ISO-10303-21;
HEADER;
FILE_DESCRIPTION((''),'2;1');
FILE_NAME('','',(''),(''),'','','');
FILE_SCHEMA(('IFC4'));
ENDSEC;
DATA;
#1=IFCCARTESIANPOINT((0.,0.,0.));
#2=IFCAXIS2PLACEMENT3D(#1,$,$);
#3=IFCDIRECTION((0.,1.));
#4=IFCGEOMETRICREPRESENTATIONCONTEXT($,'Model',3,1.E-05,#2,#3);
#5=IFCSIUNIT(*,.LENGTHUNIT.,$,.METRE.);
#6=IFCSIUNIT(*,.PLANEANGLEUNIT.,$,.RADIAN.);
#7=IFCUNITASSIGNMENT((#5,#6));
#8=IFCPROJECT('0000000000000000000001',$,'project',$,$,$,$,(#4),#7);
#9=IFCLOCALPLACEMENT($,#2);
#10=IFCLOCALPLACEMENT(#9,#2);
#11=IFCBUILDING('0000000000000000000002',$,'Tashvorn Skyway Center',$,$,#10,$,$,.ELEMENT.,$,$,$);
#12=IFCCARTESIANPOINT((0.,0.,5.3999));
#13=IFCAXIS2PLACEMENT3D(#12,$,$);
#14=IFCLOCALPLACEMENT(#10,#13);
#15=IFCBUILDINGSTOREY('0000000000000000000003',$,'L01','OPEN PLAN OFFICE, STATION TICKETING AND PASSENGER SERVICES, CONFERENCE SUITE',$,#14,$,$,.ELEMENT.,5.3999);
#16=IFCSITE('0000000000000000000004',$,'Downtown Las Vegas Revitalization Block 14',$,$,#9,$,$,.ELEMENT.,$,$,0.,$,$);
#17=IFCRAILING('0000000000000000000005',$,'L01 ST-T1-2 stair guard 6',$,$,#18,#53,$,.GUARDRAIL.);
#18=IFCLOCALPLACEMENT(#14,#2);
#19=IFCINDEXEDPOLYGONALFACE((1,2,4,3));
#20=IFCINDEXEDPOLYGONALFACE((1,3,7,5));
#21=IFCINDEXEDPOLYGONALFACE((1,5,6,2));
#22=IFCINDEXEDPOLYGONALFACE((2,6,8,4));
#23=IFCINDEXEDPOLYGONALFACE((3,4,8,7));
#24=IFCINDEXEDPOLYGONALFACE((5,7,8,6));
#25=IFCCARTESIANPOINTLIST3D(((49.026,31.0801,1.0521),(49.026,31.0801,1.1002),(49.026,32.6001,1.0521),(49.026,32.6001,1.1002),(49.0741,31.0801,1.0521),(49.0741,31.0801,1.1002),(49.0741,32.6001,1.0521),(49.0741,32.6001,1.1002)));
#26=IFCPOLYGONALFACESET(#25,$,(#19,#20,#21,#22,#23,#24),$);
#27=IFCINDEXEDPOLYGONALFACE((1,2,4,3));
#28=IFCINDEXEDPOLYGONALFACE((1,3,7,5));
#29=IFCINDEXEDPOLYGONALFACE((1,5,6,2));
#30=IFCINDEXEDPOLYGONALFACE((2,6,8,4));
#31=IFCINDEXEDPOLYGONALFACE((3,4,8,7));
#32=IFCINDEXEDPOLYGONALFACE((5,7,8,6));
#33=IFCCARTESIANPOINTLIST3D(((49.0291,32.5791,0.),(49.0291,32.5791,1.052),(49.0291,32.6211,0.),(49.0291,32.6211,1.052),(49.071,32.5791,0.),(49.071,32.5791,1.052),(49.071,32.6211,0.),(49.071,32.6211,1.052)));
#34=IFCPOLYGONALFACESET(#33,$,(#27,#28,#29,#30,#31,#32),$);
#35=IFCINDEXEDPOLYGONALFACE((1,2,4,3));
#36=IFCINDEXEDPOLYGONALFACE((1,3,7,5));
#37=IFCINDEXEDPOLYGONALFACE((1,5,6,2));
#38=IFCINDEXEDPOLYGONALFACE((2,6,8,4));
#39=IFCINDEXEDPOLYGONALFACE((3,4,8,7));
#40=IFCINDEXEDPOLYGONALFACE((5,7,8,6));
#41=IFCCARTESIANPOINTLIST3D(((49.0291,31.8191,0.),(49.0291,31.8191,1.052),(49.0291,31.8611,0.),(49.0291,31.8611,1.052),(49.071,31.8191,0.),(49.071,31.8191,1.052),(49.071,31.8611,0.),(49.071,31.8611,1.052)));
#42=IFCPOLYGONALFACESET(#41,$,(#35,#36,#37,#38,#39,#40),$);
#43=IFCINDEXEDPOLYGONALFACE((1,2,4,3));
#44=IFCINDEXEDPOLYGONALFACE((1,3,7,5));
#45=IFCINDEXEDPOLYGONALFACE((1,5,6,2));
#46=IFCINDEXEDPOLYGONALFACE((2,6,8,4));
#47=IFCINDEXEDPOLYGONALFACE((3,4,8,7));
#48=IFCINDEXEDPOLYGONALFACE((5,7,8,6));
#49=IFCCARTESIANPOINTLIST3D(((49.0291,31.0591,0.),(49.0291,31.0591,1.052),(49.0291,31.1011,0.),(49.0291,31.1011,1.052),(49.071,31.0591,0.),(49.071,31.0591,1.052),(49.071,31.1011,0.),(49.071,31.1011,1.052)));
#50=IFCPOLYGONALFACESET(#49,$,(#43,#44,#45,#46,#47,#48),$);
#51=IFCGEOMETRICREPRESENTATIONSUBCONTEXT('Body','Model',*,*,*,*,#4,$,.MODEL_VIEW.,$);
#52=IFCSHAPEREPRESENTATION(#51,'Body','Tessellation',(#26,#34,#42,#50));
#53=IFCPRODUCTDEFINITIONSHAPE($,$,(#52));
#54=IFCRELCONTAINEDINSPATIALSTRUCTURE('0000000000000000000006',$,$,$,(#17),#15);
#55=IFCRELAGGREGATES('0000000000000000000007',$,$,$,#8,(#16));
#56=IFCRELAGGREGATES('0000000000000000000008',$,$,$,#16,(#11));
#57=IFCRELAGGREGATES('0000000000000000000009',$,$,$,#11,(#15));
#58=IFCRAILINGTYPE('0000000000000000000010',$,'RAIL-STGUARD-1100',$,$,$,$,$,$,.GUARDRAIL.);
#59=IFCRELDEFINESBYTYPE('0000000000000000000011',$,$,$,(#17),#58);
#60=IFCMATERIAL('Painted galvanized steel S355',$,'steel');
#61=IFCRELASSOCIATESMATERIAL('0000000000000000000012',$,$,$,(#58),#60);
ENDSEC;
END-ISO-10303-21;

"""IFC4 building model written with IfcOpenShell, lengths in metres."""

from ifc_helpers import new_model, si_unit, direction, frame, origin, origin_2d, place, context, subcontext, project, spatial, rectangle, extrude, material, type_object, element, save


model = new_model("IFC4")

# Units and contexts
model_context = context("Model", 3, precision=1e-05, world=origin(), true_north=direction((0.0, 1.0)))
body_context = subcontext(model_context, "Body", "Model", "MODEL_VIEW")
ifc_project = project(units=[si_unit("LENGTHUNIT", "METRE"), si_unit("PLANEANGLEUNIT", "RADIAN")], contexts=[model_context])

# Site, building, storey
site_placement = place(None, origin())
site = spatial("IfcSite", under=ifc_project, at=site_placement, Name="Downtown Las Vegas Revitalization Block 14", CompositionType="ELEMENT", RefElevation=0.0)
building_placement = place(site_placement, origin())
building = spatial("IfcBuilding", under=site, at=building_placement, Name="Tashvorn Skyway Center", CompositionType="ELEMENT")
storey_placement = place(building_placement, frame((0.0, 0.0, 5.3999)))
storey = spatial("IfcBuildingStorey", under=building, at=storey_placement, Name="L01", Description="OPEN PLAN OFFICE, STATION TICKETING AND PASSENGER SERVICES, CONFERENCE SUITE", CompositionType="ELEMENT", Elevation=5.3999)

# Railing
ifc_material_1 = material(Name="Painted galvanized steel S355", Category="steel")
railing_type = type_object("IfcRailingType", Name="RAIL-STGUARD-1100", PredefinedType="GUARDRAIL", material=ifc_material_1)
railing_placement = place(storey_placement, frame((49.05, 32.6001, 0.0)))
element("IfcRailing", 1, at=railing_placement, inside=storey, type_object=railing_type, Name="L01 ST-T1-2 stair guard 6", PredefinedType="GUARDRAIL", context=body_context, shape_type="SweptSolid", body=[
    extrude(rectangle(XDim=0.0481, YDim=0.0481, at=origin_2d()), frame((0.0, 0.0, 1.0762), z_axis=(0.0, -1.0, 0.0), x_axis=(1.0, 0.0, 0.0)), (0.0, 0.0, 1.0), 1.52),
    extrude(rectangle(XDim=0.042, YDim=0.042, at=origin_2d()), origin(), (0.0, 0.0, 1.0), 1.052),
    extrude(rectangle(XDim=0.042, YDim=0.042, at=origin_2d()), frame((0.0, -0.76, 0.0)), (0.0, 0.0, 1.0), 1.052),
    extrude(rectangle(XDim=0.042, YDim=0.042, at=origin_2d()), frame((0.0, -1.52, 0.0)), (0.0, 0.0, 1.0), 1.052),
])

save(model, "model.ifc")
